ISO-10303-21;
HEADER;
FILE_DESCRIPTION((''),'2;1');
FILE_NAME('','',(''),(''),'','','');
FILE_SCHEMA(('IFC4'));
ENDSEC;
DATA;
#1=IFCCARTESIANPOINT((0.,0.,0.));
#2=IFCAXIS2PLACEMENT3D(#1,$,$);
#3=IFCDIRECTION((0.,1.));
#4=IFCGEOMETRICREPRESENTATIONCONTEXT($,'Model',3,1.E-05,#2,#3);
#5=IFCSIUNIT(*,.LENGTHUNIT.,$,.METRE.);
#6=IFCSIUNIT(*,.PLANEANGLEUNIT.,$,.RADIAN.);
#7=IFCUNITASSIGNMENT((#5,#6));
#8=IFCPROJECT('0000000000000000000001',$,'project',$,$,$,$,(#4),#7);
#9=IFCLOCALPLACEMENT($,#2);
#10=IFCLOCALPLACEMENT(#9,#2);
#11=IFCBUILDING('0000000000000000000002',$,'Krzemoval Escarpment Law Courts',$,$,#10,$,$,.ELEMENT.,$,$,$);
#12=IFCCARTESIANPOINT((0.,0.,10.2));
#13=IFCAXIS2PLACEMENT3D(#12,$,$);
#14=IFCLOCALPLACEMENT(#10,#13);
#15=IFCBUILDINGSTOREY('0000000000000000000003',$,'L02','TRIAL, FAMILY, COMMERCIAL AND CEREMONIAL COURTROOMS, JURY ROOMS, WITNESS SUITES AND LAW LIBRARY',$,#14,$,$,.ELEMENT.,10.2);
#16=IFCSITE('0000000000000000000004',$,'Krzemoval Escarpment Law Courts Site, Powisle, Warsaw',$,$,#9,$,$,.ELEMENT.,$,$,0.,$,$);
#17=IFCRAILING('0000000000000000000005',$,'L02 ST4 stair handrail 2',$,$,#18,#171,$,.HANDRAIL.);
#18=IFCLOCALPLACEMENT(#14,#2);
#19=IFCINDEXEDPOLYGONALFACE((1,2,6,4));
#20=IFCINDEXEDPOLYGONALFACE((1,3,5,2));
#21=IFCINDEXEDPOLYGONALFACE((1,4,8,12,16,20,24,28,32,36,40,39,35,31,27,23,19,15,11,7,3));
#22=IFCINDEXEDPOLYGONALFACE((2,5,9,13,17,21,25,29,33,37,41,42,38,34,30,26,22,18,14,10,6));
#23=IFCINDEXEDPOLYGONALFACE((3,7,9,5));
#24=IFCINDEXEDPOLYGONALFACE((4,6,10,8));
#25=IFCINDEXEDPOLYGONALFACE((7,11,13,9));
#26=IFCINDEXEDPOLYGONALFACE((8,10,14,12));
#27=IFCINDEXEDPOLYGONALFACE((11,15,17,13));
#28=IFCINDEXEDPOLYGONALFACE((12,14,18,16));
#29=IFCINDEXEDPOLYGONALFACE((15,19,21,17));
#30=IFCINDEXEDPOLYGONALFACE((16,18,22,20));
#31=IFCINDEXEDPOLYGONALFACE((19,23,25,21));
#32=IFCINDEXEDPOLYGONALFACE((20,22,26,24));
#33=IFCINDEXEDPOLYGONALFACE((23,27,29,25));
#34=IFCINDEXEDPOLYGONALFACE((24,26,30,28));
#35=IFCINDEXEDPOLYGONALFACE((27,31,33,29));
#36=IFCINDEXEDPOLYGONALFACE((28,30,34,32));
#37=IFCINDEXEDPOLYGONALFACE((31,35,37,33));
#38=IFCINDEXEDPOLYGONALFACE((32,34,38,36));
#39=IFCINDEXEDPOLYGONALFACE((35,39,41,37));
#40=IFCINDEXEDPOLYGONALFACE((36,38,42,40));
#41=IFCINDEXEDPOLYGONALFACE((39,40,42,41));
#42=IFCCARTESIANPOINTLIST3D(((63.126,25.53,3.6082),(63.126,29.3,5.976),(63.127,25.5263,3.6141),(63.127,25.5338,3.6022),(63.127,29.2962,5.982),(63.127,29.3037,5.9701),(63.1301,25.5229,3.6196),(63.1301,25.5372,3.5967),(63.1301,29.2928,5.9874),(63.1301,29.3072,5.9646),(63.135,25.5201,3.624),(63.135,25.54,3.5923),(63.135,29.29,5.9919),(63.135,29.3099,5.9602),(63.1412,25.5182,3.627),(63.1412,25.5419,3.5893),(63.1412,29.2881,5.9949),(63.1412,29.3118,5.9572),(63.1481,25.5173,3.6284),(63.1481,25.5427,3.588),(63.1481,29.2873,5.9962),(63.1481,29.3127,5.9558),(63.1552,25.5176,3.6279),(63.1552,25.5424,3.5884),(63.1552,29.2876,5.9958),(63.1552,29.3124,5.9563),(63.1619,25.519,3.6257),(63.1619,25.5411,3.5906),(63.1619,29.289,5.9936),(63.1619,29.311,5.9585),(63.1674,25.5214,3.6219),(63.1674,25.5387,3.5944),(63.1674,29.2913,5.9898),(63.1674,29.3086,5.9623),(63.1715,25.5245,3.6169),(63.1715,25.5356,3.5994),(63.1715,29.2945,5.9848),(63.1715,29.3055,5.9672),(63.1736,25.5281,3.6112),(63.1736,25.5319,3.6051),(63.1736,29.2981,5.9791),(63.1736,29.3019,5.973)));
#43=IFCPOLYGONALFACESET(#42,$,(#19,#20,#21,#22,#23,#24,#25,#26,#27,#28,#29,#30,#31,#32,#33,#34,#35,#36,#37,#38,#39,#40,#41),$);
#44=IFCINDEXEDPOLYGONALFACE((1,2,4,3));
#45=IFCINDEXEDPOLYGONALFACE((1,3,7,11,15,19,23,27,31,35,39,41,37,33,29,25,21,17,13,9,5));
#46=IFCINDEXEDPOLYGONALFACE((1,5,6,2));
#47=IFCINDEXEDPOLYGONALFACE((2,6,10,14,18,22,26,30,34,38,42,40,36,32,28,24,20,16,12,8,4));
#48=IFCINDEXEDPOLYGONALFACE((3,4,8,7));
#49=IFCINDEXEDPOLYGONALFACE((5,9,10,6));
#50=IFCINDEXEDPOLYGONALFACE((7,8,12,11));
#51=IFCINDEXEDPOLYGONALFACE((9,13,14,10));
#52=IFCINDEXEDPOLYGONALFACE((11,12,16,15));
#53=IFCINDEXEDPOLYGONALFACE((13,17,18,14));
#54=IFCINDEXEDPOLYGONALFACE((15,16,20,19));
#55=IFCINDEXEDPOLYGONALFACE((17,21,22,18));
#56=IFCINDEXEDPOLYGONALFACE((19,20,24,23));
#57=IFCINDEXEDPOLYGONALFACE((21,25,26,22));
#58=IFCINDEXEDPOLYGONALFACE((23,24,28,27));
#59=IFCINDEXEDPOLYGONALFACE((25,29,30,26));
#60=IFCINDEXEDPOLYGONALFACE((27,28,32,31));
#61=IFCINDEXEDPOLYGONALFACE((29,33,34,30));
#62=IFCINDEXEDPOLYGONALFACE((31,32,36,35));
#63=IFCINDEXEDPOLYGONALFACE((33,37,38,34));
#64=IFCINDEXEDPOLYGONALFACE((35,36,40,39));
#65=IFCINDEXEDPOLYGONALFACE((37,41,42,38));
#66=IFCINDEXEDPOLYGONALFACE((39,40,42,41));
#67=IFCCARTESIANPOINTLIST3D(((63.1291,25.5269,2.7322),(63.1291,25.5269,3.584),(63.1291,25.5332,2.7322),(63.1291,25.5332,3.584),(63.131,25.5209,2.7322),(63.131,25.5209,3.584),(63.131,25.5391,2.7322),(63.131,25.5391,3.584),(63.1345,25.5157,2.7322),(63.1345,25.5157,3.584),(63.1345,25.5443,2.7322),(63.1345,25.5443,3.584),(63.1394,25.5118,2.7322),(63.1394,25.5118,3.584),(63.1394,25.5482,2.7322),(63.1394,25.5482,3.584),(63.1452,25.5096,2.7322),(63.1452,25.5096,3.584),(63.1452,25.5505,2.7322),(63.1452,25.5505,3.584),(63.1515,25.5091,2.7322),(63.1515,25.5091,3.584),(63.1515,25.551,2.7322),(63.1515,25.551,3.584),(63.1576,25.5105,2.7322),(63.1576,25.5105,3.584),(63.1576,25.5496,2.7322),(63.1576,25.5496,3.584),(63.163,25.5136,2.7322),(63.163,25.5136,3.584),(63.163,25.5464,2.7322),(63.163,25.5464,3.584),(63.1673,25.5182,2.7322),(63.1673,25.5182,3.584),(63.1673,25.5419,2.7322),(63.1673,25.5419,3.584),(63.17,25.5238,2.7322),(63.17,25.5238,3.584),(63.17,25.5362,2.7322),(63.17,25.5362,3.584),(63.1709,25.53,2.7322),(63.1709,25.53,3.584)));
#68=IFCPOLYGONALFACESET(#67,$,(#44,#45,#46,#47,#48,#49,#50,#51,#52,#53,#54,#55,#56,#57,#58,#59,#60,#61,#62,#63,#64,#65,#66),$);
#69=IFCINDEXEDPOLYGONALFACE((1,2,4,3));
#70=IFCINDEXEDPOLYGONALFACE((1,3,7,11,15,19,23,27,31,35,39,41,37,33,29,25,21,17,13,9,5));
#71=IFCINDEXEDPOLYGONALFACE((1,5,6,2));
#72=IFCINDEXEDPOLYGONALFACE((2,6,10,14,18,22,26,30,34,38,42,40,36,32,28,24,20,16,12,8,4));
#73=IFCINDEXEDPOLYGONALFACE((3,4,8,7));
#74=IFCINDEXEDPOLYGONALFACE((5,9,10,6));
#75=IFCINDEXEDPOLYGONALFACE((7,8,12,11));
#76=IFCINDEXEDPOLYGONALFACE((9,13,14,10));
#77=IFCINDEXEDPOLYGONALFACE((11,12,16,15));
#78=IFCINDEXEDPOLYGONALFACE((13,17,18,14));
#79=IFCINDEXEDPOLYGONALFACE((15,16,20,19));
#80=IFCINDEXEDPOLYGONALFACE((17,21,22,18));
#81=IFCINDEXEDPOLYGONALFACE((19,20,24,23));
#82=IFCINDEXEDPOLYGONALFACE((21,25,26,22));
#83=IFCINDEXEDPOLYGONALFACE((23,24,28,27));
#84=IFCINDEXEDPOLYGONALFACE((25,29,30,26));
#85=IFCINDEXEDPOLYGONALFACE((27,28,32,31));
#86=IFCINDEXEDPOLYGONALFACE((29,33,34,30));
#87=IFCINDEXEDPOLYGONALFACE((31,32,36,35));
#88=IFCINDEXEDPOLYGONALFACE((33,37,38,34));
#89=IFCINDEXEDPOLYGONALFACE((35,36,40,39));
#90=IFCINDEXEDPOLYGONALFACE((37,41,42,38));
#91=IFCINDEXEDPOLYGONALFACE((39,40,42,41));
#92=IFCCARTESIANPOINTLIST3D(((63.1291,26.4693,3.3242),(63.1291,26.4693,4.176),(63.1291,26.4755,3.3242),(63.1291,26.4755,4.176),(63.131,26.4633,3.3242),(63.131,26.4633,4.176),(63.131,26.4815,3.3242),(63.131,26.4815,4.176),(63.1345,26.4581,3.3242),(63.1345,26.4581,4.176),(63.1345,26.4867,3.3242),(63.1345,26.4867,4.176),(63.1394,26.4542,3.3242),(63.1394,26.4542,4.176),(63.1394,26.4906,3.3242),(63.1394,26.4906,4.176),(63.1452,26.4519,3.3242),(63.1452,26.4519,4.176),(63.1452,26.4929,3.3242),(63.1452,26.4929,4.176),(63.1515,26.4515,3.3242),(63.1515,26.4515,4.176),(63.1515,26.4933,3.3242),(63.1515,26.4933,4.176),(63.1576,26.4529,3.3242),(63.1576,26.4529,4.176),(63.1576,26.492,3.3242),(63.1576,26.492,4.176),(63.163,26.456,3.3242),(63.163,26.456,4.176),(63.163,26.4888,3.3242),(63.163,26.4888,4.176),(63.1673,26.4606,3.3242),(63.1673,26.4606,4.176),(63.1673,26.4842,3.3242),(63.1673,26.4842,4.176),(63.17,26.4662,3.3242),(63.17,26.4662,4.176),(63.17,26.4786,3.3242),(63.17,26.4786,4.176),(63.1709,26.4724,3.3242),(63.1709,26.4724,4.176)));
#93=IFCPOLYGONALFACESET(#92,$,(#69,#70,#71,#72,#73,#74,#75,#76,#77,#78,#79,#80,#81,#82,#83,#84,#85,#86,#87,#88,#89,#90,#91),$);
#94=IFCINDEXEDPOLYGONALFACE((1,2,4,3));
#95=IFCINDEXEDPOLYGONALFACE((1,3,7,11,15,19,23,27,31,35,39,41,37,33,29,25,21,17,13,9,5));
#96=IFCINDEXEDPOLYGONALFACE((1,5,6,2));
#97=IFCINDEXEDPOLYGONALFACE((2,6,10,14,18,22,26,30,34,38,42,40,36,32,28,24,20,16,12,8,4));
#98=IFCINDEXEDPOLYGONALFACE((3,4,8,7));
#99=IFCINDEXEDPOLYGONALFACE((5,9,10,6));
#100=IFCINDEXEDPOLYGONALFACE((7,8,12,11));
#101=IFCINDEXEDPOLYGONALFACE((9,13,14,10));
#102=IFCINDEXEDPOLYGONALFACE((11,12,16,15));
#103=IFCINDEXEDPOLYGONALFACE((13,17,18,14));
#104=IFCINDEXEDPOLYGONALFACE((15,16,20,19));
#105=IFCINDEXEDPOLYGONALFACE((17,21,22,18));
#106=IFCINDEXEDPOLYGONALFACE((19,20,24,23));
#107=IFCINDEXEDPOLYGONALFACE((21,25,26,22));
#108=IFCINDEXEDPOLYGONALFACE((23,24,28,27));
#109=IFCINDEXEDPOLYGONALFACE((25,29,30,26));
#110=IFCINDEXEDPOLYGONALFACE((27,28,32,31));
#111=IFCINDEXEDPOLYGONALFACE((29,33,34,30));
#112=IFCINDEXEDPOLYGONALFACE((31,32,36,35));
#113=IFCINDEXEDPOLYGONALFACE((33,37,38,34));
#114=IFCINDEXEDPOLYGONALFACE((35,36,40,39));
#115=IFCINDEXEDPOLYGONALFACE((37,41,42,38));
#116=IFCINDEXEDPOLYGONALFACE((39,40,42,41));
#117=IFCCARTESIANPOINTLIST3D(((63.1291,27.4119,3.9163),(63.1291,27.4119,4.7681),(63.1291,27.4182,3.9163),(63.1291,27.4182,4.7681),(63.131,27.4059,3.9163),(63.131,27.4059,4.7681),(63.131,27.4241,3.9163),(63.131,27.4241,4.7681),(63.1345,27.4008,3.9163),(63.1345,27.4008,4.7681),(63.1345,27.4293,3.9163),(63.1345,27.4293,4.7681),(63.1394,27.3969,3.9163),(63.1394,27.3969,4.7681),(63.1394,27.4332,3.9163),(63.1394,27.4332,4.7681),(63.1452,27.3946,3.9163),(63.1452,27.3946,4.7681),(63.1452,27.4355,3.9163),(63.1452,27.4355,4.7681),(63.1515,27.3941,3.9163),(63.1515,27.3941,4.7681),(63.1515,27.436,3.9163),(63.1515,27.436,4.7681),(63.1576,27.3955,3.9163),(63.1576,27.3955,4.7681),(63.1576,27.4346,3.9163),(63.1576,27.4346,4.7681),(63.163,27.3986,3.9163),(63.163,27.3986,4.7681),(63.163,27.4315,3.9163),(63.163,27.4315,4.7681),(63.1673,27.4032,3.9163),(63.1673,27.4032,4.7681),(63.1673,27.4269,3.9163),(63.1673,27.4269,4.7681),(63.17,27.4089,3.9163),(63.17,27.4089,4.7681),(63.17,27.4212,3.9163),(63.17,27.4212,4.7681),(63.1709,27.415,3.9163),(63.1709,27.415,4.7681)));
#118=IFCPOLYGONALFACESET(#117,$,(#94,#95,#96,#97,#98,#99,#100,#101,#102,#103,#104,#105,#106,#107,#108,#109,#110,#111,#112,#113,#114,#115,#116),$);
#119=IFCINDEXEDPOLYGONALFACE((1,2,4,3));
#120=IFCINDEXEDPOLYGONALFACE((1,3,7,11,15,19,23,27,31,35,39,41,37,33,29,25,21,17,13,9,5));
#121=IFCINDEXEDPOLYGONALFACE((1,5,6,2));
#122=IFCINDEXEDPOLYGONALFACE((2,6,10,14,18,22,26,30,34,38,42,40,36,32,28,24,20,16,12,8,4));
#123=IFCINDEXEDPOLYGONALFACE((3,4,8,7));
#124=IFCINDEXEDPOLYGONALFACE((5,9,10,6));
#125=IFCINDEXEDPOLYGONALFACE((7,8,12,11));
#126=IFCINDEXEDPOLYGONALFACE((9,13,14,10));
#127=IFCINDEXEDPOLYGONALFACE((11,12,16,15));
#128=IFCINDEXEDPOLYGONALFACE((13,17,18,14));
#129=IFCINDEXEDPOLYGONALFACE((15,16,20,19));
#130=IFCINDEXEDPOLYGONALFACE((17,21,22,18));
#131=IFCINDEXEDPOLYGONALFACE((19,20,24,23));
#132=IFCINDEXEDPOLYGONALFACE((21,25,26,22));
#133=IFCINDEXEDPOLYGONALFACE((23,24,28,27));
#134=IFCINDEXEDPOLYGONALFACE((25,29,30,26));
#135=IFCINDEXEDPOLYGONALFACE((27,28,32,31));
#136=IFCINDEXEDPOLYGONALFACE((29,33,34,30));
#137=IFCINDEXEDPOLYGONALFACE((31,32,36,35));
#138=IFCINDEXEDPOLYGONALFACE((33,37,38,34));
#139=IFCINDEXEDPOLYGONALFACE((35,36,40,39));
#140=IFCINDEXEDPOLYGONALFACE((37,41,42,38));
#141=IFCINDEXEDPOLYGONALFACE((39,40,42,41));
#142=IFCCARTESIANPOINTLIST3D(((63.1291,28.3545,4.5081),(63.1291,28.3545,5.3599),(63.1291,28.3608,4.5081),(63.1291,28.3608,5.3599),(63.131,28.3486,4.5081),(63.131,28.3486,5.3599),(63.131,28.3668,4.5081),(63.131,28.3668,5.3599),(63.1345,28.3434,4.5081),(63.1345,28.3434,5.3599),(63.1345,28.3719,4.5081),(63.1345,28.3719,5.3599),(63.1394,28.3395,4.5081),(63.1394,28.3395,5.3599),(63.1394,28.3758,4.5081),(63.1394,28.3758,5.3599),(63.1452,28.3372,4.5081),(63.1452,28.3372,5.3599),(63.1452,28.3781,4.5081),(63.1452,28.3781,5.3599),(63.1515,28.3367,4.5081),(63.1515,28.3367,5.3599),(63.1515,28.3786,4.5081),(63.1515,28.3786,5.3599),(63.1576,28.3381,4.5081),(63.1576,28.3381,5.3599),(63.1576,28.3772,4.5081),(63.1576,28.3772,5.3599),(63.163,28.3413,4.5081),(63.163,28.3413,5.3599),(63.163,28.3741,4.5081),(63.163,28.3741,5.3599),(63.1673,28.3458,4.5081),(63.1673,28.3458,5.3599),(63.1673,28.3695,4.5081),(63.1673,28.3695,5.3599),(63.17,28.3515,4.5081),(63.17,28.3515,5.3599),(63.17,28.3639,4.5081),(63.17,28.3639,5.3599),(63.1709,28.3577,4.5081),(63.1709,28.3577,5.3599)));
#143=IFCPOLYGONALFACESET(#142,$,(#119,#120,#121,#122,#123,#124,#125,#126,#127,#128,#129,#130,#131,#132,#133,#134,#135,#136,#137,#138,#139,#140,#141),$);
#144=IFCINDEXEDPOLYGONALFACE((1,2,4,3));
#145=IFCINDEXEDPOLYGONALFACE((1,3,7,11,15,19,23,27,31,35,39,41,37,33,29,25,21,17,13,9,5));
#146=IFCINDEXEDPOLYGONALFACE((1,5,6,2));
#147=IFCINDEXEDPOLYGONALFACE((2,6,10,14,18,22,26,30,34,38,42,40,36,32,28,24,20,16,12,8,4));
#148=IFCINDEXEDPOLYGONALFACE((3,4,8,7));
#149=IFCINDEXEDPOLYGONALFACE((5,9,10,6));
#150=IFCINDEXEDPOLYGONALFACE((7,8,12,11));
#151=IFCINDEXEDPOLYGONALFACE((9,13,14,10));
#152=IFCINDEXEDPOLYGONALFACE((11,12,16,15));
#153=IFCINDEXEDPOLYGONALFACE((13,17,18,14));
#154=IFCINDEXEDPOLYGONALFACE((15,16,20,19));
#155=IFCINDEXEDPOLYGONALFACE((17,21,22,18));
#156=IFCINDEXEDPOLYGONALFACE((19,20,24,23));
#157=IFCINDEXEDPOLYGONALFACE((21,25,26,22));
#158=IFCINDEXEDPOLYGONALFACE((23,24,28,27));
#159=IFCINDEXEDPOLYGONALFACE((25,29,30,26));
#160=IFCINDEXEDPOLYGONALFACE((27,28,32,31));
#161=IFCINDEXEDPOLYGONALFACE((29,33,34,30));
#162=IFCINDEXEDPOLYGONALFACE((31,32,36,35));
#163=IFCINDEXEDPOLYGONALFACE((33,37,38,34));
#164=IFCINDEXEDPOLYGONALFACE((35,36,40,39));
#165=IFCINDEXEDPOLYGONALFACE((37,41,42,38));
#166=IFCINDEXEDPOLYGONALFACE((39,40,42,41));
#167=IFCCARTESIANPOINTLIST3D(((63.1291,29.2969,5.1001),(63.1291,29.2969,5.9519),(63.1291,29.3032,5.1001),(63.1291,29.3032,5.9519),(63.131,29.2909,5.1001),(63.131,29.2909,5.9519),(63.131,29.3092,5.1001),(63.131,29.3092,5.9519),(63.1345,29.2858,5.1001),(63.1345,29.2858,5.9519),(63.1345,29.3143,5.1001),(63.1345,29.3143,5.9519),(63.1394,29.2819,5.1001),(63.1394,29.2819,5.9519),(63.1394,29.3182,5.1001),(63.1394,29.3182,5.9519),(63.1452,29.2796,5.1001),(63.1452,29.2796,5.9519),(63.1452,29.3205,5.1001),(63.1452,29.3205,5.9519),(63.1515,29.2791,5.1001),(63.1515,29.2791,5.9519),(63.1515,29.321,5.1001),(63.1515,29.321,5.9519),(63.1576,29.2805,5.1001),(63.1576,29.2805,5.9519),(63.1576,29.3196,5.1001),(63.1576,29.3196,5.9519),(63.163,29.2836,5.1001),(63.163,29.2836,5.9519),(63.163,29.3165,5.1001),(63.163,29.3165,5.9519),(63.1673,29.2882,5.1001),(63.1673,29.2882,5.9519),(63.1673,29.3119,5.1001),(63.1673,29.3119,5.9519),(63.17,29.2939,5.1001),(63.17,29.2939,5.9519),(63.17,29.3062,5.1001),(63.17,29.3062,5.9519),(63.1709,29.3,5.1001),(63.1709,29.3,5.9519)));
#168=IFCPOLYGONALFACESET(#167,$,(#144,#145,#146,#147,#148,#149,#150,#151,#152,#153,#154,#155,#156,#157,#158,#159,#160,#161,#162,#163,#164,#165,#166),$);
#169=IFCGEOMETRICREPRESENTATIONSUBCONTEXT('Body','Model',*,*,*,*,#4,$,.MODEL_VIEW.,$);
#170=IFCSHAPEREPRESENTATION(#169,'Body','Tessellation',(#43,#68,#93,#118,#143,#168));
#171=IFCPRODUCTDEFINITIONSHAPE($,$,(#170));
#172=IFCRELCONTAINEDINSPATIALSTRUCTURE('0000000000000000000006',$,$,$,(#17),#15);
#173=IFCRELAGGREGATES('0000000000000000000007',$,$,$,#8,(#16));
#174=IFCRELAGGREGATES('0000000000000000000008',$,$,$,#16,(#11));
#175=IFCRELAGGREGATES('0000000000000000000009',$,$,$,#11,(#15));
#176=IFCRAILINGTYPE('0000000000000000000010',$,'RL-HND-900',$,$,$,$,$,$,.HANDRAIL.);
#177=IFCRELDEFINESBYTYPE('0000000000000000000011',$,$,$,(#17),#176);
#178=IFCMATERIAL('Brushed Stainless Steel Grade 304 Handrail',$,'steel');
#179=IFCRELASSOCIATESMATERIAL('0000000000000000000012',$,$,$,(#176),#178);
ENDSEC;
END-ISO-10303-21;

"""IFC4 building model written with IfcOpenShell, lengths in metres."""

from ifc_helpers import new_model, si_unit, direction, frame, origin, origin_2d, place, context, subcontext, project, spatial, circle, extrude, material, type_object, element, save


model = new_model("IFC4")

# Units and contexts
model_context = context("Model", 3, precision=1e-05, world=origin(), true_north=direction((0.0, 1.0)))
body_context = subcontext(model_context, "Body", "Model", "MODEL_VIEW")
ifc_project = project(units=[si_unit("LENGTHUNIT", "METRE"), si_unit("PLANEANGLEUNIT", "RADIAN")], contexts=[model_context])

# Site, building, storey
site_placement = place(None, origin())
site = spatial("IfcSite", under=ifc_project, at=site_placement, Name="Krzemoval Escarpment Law Courts Site, Powisle, Warsaw", CompositionType="ELEMENT", RefElevation=0.0)
building_placement = place(site_placement, origin())
building = spatial("IfcBuilding", under=site, at=building_placement, Name="Krzemoval Escarpment Law Courts", CompositionType="ELEMENT")
storey_placement = place(building_placement, frame((0.0, 0.0, 10.2)))
storey = spatial("IfcBuildingStorey", under=building, at=storey_placement, Name="L02", Description="TRIAL, FAMILY, COMMERCIAL AND CEREMONIAL COURTROOMS, JURY ROOMS, WITNESS SUITES AND LAW LIBRARY", CompositionType="ELEMENT", Elevation=10.2)

# Railing
ifc_material_1 = material(Name="Brushed Stainless Steel Grade 304 Handrail", Category="steel")
railing_type_1 = type_object("IfcRailingType", Name="RL-HND-900", PredefinedType="HANDRAIL", material=ifc_material_1)
railing_1_placement = place(storey_placement, frame((63.1499, 25.53, 2.7322)))
element("IfcRailing", 1, at=railing_1_placement, inside=storey, type_object=railing_type_1, Name="L02 ST4 stair handrail 2", PredefinedType="HANDRAIL", context=body_context, shape_type="SweptSolid", body=[
    extrude(circle(Radius=0.0239, at=origin_2d()), frame((0.0, 0.0, 0.876), z_axis=(0.0, 0.846819, 0.531881), x_axis=(-1.0, 0.0, 0.0)), (0.0, 0.0, 1.0), 4.4519),
    extrude(circle(Radius=0.021, at=origin_2d()), origin(), (0.0, 0.0, 1.0), 0.8518),
    extrude(circle(Radius=0.021, at=origin_2d()), frame((0.0, 0.9424, 0.592)), (0.0, 0.0, 1.0), 0.8518),
    extrude(circle(Radius=0.021, at=origin_2d()), frame((0.0, 1.885, 1.1841)), (0.0, 0.0, 1.0), 0.8518),
    extrude(circle(Radius=0.021, at=origin_2d()), frame((0.0, 2.8276, 1.7759)), (0.0, 0.0, 1.0), 0.8518),
    extrude(circle(Radius=0.021, at=origin_2d()), frame((0.0, 3.77, 2.3679)), (0.0, 0.0, 1.0), 0.8518),
])

save(model, "model.ifc")
